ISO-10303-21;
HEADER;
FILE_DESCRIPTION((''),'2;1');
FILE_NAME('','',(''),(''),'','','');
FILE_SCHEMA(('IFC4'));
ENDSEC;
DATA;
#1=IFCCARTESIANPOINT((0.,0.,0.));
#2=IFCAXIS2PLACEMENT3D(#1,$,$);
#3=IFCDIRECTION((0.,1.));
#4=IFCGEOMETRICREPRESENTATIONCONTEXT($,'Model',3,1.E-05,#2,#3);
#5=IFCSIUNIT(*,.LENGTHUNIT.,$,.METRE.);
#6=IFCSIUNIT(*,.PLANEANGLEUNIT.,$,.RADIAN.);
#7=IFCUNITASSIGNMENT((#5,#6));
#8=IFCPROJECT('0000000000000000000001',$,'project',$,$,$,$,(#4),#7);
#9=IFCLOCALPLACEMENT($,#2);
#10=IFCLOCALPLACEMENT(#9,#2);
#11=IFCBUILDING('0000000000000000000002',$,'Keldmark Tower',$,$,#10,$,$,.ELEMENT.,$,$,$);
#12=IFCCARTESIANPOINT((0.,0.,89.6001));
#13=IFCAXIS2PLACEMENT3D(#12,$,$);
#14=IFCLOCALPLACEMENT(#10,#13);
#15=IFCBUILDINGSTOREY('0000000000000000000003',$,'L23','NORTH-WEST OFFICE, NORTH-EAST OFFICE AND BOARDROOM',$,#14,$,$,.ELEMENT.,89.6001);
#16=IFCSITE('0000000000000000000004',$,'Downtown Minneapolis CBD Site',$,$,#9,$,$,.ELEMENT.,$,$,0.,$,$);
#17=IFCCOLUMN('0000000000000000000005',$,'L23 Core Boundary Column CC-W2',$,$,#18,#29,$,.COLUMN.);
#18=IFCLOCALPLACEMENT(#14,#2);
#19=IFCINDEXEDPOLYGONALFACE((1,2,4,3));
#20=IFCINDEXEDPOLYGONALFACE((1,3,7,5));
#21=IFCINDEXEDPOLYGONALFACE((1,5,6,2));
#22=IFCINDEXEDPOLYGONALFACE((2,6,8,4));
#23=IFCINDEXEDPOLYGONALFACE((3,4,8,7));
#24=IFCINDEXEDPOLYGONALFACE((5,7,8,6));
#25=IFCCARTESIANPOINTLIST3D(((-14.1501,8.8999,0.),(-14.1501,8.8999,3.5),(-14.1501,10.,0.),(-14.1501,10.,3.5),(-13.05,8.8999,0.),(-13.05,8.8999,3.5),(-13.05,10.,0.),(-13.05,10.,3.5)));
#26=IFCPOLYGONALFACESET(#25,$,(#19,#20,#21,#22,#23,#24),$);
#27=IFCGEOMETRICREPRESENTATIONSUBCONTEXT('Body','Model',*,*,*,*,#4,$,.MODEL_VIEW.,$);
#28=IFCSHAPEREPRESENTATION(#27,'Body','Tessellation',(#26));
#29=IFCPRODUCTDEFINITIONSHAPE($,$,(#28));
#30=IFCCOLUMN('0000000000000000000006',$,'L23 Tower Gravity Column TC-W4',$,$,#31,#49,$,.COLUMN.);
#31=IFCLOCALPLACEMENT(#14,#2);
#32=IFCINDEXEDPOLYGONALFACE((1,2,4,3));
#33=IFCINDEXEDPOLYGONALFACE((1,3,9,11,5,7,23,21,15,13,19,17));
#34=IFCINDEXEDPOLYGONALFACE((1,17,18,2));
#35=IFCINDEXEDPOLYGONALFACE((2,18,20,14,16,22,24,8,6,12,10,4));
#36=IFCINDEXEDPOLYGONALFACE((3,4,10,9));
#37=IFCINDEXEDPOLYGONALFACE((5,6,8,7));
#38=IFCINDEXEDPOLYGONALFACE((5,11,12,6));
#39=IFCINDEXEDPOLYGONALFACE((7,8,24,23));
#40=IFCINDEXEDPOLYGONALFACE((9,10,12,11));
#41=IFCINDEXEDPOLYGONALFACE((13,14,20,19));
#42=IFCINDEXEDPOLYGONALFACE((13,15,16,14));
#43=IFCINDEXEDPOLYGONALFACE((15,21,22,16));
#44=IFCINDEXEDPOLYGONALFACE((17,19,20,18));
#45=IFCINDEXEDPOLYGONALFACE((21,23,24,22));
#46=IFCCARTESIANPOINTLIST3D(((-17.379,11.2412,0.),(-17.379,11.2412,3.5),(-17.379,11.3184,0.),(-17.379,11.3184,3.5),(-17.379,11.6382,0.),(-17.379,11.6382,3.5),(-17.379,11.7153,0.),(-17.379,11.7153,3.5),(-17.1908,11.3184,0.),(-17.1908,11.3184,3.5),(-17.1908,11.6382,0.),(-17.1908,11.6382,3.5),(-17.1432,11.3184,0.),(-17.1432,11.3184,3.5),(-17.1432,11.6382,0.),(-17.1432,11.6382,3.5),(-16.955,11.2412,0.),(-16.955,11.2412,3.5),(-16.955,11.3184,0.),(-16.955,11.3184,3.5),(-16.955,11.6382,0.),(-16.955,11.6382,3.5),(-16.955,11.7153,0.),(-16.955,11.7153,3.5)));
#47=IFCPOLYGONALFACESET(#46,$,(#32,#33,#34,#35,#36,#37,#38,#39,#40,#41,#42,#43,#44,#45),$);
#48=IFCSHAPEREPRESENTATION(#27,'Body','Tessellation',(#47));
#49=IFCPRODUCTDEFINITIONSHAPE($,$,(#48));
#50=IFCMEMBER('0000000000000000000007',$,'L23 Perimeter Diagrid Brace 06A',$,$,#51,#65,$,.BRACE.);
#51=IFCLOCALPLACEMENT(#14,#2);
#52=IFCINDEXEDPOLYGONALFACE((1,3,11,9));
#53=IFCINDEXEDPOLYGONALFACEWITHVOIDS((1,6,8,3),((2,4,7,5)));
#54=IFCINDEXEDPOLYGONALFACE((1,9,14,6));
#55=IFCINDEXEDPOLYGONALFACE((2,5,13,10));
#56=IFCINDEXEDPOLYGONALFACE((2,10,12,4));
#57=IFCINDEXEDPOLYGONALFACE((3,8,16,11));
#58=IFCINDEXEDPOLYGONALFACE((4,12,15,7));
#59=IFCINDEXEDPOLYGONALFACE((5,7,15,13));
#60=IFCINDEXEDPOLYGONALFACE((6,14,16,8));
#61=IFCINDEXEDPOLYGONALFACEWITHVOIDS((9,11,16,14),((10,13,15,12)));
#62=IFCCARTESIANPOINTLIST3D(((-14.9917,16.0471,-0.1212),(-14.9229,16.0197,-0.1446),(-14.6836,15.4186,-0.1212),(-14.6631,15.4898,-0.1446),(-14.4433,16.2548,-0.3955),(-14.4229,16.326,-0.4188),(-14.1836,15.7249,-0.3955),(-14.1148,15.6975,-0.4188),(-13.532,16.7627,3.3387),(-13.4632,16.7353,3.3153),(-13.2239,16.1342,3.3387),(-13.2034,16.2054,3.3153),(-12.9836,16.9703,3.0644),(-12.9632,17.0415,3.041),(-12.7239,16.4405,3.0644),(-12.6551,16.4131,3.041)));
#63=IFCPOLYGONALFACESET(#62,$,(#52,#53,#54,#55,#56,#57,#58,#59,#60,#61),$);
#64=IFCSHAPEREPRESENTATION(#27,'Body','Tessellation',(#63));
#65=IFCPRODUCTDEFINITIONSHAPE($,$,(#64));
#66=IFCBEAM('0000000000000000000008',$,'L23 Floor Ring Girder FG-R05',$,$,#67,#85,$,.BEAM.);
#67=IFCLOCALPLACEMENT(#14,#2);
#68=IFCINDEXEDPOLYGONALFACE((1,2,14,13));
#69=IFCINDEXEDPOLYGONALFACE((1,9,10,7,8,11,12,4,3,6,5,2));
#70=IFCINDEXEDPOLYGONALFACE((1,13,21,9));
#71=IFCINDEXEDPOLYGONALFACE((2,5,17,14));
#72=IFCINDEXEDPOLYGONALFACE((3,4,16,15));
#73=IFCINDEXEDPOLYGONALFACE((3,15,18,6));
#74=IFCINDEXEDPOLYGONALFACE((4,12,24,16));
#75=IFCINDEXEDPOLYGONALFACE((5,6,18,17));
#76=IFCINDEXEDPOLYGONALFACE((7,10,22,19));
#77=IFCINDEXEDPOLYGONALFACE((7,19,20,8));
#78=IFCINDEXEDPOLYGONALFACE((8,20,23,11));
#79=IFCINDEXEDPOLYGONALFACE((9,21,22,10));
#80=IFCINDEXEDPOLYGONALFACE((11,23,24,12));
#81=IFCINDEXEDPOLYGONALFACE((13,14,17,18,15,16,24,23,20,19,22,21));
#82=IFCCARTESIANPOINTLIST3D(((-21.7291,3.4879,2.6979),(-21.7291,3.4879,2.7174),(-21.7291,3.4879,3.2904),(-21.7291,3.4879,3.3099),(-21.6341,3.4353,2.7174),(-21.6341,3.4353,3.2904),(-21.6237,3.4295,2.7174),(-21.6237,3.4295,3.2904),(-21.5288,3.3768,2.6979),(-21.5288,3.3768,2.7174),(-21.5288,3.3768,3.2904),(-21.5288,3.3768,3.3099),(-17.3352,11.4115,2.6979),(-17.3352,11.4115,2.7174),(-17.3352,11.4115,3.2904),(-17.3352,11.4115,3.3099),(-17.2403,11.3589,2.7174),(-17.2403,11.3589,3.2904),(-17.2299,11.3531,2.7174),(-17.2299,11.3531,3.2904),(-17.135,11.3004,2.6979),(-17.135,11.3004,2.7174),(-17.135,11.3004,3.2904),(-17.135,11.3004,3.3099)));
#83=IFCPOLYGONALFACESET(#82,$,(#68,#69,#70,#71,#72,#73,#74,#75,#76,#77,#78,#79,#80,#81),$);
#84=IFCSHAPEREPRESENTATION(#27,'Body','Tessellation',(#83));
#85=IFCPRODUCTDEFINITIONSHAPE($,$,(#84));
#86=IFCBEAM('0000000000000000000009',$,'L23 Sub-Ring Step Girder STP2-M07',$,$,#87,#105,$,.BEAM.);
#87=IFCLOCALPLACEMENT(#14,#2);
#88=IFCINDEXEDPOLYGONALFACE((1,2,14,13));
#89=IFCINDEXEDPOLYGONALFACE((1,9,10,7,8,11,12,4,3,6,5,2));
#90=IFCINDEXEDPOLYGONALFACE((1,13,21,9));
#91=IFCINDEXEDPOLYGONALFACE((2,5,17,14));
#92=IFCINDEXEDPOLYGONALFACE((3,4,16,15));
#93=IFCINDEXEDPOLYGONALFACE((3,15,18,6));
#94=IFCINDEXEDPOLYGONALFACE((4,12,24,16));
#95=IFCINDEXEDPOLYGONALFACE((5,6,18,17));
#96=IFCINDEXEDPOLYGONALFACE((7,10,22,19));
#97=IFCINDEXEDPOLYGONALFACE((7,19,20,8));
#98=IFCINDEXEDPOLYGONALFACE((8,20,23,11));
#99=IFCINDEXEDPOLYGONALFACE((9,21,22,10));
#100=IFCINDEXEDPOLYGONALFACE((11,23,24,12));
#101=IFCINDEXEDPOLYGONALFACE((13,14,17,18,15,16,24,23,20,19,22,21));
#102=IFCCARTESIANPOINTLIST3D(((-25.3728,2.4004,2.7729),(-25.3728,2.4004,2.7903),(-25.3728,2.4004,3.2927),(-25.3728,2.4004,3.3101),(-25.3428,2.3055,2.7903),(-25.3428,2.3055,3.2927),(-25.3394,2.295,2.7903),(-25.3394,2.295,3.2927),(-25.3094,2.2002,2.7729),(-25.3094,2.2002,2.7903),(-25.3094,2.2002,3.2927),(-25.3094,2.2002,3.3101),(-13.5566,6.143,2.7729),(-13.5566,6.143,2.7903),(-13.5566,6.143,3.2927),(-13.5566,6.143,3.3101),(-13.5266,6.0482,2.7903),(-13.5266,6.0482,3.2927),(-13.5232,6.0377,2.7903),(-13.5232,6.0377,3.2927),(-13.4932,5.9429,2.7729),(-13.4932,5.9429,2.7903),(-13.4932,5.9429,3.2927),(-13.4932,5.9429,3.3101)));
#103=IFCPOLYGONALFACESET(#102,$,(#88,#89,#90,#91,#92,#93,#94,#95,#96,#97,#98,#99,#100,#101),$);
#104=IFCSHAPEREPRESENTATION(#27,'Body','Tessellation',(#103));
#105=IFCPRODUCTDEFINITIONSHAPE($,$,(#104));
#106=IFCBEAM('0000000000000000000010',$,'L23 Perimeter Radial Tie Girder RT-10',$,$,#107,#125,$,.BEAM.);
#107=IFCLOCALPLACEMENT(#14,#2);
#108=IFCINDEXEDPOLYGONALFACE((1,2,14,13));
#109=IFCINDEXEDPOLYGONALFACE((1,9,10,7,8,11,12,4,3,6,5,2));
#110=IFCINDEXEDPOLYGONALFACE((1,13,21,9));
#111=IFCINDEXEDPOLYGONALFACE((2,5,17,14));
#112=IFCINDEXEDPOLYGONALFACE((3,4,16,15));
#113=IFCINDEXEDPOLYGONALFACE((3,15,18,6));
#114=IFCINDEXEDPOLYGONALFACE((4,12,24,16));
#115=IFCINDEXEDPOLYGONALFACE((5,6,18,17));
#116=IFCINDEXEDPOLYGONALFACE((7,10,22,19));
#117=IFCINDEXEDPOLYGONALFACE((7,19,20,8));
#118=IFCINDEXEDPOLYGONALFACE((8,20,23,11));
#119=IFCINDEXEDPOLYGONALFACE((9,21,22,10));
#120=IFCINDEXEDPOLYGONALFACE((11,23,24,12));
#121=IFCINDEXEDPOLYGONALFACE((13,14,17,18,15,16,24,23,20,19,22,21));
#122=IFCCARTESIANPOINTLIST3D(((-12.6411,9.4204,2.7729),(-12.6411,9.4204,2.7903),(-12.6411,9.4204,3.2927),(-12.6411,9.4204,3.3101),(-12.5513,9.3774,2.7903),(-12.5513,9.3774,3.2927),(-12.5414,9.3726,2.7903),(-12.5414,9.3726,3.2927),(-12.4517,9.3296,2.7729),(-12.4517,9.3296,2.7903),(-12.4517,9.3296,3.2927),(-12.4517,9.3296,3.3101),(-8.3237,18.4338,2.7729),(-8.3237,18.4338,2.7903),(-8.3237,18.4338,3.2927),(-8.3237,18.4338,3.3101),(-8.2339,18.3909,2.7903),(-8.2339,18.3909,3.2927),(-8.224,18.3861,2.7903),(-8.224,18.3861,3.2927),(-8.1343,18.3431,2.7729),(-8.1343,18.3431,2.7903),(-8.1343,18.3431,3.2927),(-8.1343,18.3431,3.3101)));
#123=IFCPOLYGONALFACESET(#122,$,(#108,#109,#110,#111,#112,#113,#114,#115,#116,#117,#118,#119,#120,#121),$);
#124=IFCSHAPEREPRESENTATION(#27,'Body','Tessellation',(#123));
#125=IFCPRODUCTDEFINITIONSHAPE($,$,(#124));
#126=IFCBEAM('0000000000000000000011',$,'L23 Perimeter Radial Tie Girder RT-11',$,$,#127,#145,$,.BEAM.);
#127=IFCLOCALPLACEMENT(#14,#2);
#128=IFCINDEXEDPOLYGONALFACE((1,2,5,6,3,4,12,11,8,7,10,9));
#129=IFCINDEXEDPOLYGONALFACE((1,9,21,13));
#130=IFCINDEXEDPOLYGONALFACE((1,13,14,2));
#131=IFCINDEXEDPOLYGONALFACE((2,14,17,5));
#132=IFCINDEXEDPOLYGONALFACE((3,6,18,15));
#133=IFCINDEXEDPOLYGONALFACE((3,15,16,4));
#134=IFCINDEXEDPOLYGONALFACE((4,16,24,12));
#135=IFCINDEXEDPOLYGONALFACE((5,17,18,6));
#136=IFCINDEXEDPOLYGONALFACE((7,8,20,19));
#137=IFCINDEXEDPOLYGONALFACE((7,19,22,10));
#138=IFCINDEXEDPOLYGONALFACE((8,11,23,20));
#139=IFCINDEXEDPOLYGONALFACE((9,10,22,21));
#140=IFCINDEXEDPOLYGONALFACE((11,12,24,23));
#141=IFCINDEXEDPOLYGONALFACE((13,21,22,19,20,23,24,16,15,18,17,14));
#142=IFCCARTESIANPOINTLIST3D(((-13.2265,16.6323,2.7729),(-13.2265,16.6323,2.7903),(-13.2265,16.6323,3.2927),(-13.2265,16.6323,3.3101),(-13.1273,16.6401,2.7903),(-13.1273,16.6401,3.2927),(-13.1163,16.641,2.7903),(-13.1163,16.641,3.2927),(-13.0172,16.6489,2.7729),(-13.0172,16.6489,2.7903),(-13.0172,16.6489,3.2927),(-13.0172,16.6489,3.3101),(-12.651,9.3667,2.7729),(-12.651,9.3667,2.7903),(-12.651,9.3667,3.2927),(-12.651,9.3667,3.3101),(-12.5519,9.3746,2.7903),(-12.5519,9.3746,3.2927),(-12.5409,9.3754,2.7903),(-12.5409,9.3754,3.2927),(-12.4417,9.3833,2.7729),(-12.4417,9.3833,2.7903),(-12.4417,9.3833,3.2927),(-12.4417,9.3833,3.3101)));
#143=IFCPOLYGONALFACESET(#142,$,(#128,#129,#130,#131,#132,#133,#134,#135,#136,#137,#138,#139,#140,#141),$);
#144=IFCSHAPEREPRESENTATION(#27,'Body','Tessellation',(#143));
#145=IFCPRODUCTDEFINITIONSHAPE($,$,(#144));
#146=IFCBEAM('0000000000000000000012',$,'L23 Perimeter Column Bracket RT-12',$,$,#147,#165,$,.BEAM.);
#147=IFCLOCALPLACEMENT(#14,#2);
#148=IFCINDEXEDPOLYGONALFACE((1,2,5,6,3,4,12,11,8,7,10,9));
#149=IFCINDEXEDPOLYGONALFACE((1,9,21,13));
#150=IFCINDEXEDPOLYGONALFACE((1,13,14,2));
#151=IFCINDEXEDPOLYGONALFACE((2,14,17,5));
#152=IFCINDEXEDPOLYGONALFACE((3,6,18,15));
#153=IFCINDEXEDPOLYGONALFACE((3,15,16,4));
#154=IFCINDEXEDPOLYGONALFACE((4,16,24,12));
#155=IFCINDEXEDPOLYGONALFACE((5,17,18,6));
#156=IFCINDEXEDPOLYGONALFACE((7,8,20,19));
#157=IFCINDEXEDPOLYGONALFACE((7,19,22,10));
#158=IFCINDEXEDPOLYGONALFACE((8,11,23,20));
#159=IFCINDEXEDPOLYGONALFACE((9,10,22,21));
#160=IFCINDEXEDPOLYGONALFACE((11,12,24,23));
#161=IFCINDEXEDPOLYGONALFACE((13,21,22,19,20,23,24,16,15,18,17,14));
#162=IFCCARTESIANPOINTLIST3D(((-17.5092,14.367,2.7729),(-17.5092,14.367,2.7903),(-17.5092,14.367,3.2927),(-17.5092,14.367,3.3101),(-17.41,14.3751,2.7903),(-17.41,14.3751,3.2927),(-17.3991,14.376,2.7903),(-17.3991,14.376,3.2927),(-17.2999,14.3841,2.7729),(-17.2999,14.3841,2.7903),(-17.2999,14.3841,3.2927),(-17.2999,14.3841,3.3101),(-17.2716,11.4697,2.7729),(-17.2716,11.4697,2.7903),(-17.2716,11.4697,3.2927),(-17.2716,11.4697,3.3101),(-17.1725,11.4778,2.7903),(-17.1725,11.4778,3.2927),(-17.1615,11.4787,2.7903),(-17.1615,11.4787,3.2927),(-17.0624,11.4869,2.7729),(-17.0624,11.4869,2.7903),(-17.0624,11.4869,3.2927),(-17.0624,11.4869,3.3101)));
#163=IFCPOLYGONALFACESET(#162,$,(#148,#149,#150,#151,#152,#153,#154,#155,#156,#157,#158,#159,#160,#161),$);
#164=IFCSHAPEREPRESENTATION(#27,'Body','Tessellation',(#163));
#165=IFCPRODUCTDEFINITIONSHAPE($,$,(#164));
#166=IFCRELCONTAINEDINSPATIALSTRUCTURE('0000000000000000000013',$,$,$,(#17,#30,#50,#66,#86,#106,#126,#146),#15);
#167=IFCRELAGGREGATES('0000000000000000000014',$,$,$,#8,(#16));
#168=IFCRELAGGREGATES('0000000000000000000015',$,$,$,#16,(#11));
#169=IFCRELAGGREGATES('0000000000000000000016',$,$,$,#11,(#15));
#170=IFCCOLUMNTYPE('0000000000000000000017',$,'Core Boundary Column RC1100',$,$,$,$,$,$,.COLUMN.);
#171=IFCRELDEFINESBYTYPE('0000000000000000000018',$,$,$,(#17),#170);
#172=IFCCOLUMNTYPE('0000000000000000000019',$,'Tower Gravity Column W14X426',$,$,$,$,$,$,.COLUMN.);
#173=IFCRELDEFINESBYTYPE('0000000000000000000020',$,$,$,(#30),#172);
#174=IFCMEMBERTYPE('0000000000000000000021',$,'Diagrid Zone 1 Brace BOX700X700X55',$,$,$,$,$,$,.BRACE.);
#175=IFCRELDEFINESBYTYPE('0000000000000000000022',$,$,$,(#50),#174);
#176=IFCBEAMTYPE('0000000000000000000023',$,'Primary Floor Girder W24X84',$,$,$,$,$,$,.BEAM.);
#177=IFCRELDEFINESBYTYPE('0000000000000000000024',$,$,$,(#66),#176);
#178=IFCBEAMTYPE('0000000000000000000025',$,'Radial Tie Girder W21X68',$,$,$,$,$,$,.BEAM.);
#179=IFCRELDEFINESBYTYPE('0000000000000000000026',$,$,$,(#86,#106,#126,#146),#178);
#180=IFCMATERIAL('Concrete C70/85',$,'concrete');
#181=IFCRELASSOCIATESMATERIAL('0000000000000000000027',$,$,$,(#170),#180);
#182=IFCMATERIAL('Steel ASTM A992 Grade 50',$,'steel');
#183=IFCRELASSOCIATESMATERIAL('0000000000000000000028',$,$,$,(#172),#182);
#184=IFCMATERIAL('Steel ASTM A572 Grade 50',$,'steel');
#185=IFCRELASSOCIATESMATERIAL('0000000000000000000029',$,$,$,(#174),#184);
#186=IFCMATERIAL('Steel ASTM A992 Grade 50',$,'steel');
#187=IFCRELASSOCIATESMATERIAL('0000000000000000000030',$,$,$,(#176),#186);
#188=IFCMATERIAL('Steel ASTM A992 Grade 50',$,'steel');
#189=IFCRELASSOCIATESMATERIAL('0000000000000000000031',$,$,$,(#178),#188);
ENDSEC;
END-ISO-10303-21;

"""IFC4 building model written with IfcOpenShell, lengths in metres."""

from ifc_helpers import new_model, si_unit, direction, frame, origin, origin_2d, place, context, subcontext, project, spatial, rectangle, hollow_rectangle, i_section, extrude, material, material_profile, profile_set, type_object, element, save


model = new_model("IFC4")

# Units and contexts
model_context = context("Model", 3, precision=1e-05, world=origin(), true_north=direction((0.0, 1.0)))
body_context = subcontext(model_context, "Body", "Model", "MODEL_VIEW")
ifc_project = project(units=[si_unit("LENGTHUNIT", "METRE"), si_unit("PLANEANGLEUNIT", "RADIAN")], contexts=[model_context])

# Site, building, storey
site_placement = place(None, origin())
site = spatial("IfcSite", under=ifc_project, at=site_placement, Name="Downtown Minneapolis CBD Site", CompositionType="ELEMENT", RefElevation=0.0)
building_placement = place(site_placement, origin())
building = spatial("IfcBuilding", under=site, at=building_placement, Name="Keldmark Tower", CompositionType="ELEMENT")
storey_placement = place(building_placement, frame((0.0, 0.0, 89.6001)))
storey = spatial("IfcBuildingStorey", under=building, at=storey_placement, Name="L23", Description="NORTH-WEST OFFICE, NORTH-EAST OFFICE AND BOARDROOM", CompositionType="ELEMENT", Elevation=89.6001)

# Columns
ifc_material_1 = material(Name="Concrete C70/85", Category="concrete")
ifc_material_profile_1 = material_profile(ifc_material_1, rectangle(XDim=1.1001, YDim=1.1001, at=origin_2d()), Name="RC1100X1100")
ifc_profile_set_1 = profile_set([ifc_material_profile_1], Name="Concrete C70/85")
column_type_1 = type_object("IfcColumnType", Name="Core Boundary Column RC1100", PredefinedType="COLUMN", material=ifc_profile_set_1)
column_1_placement = place(storey_placement, frame((-13.6001, 9.45, 0.0), z_axis=(0.0, 0.0, 1.0), x_axis=(1.0, 0.0, 0.0)))
element("IfcColumn", 1, at=column_1_placement, inside=storey, type_object=column_type_1, Name="L23 Core Boundary Column CC-W2", PredefinedType="COLUMN", context=body_context, shape_type="SweptSolid", body=[
    extrude(rectangle(XDim=1.1001, YDim=1.1001, at=origin_2d()), origin(), (0.0, 0.0, 1.0), 3.5),
])
ifc_material_2 = material(Name="Steel ASTM A992 Grade 50", Category="steel")
ifc_material_profile_2 = material_profile(ifc_material_2, i_section(OverallWidth=0.4241, OverallDepth=0.4741, WebThickness=0.0476, FlangeThickness=0.0771, at=origin_2d()), Name="W14X426")
ifc_profile_set_2 = profile_set([ifc_material_profile_2], Name="Steel ASTM A992 Grade 50")
column_type_2 = type_object("IfcColumnType", Name="Tower Gravity Column W14X426", PredefinedType="COLUMN", material=ifc_profile_set_2)
column_2_placement = place(storey_placement, frame((-17.167, 11.4783, 0.0), z_axis=(0.0, 0.0, 1.0), x_axis=(1.0, 0.0, 0.0)))
element("IfcColumn", 2, at=column_2_placement, inside=storey, type_object=column_type_2, Name="L23 Tower Gravity Column TC-W4", PredefinedType="COLUMN", context=body_context, shape_type="SweptSolid", body=[
    extrude(i_section(OverallWidth=0.4241, OverallDepth=0.4741, WebThickness=0.0476, FlangeThickness=0.0771, at=origin_2d()), origin(), (0.0, 0.0, 1.0), 3.5),
])

# Member
ifc_material_3 = material(Name="Steel ASTM A572 Grade 50", Category="steel")
ifc_material_profile_3 = material_profile(ifc_material_3, hollow_rectangle(XDim=0.7, YDim=0.7, WallThickness=0.0549, at=origin_2d()), Name="BOX700X700X55")
ifc_profile_set_3 = profile_set([ifc_material_profile_3], Name="Steel ASTM A572 Grade 50")
member_type = type_object("IfcMemberType", Name="Diagrid Zone 1 Brace BOX700X700X55", PredefinedType="BRACE", material=ifc_profile_set_3)
member_placement = place(storey_placement, frame((-14.5532, 15.8723, -0.27), z_axis=(0.38184, 0.187184, 0.905075), x_axis=(-0.440171, 0.897914, 0.0)))
element("IfcMember", 3, at=member_placement, inside=storey, type_object=member_type, Name="L23 Perimeter Diagrid Brace 06A", PredefinedType="BRACE", context=body_context, shape_type="SweptSolid", body=[
    extrude(hollow_rectangle(XDim=0.7, YDim=0.7, WallThickness=0.0549, at=origin_2d()), origin(), (0.0, 0.0, 1.0), 3.8228),
])

# Beams
ifc_material_4 = material(Name="Steel ASTM A992 Grade 50", Category="steel")
ifc_material_profile_4 = material_profile(ifc_material_4, i_section(OverallWidth=0.229, OverallDepth=0.6121, WebThickness=0.012, FlangeThickness=0.0195, at=origin_2d()), Name="W24X84")
ifc_profile_set_4 = profile_set([ifc_material_profile_4], Name="Steel ASTM A992 Grade 50")
beam_type_1 = type_object("IfcBeamType", Name="Primary Floor Girder W24X84", PredefinedType="BEAM", material=ifc_profile_set_4)
beam_1_placement = place(storey_placement, frame((-17.2351, 11.356, 3.0039), z_axis=(-0.484952, -0.874541, 0.0), x_axis=(0.874541, -0.484952, 0.0)))
element("IfcBeam", 4, at=beam_1_placement, inside=storey, type_object=beam_type_1, Name="L23 Floor Ring Girder FG-R05", PredefinedType="BEAM", context=body_context, shape_type="SweptSolid", body=[
    extrude(i_section(OverallWidth=0.229, OverallDepth=0.6121, WebThickness=0.012, FlangeThickness=0.0195, at=origin_2d()), origin(), (0.0, 0.0, 1.0), 9.0603),
])
ifc_material_5 = material(Name="Steel ASTM A992 Grade 50", Category="steel")
ifc_material_profile_5 = material_profile(ifc_material_5, i_section(OverallWidth=0.21, OverallDepth=0.5371, WebThickness=0.011, FlangeThickness=0.0173, at=origin_2d()), Name="W21X68")
ifc_profile_set_5 = profile_set([ifc_material_profile_5], Name="Steel ASTM A992 Grade 50")
beam_type_2 = type_object("IfcBeamType", Name="Radial Tie Girder W21X68", PredefinedType="BEAM", material=ifc_profile_set_5)
beam_2_placement = place(storey_placement, frame((-13.5249, 6.043, 3.0415), z_axis=(-0.953322, -0.301957, 0.0), x_axis=(0.301957, -0.953322, 0.0)))
element("IfcBeam", 5, at=beam_2_placement, inside=storey, type_object=beam_type_2, Name="L23 Sub-Ring Step Girder STP2-M07", PredefinedType="BEAM", context=body_context, shape_type="SweptSolid", body=[
    extrude(i_section(OverallWidth=0.21, OverallDepth=0.5371, WebThickness=0.011, FlangeThickness=0.0173, at=origin_2d()), origin(), (0.0, 0.0, 1.0), 12.3948),
])
beam_3_placement = place(storey_placement, frame((-12.5464, 9.375, 3.0415), z_axis=(0.431994, 0.901877, 0.0), x_axis=(-0.901877, 0.431994, 0.0)))
element("IfcBeam", 6, at=beam_3_placement, inside=storey, type_object=beam_type_2, Name="L23 Perimeter Radial Tie Girder RT-10", PredefinedType="BEAM", context=body_context, shape_type="SweptSolid", body=[
    extrude(i_section(OverallWidth=0.21, OverallDepth=0.5371, WebThickness=0.011, FlangeThickness=0.0173, at=origin_2d()), origin(), (0.0, 0.0, 1.0), 9.9941),
])
beam_4_placement = place(storey_placement, frame((-12.5464, 9.375, 3.0415), z_axis=(-0.078953, 0.996878, 0.0), x_axis=(-0.996878, -0.078953, 0.0)))
element("IfcBeam", 7, at=beam_4_placement, inside=storey, type_object=beam_type_2, Name="L23 Perimeter Radial Tie Girder RT-11", PredefinedType="BEAM", context=body_context, shape_type="SweptSolid", body=[
    extrude(i_section(OverallWidth=0.21, OverallDepth=0.5371, WebThickness=0.011, FlangeThickness=0.0173, at=origin_2d()), origin(), (0.0, 0.0, 1.0), 7.2883),
])
beam_5_placement = place(storey_placement, frame((-17.167, 11.4783, 3.0415), z_axis=(-0.081718, 0.996656, 0.0), x_axis=(-0.996656, -0.081718, 0.0)))
element("IfcBeam", 8, at=beam_5_placement, inside=storey, type_object=beam_type_2, Name="L23 Perimeter Column Bracket RT-12", PredefinedType="BEAM", context=body_context, shape_type="SweptSolid", body=[
    extrude(i_section(OverallWidth=0.21, OverallDepth=0.5371, WebThickness=0.011, FlangeThickness=0.0173, at=origin_2d()), origin(), (0.0, 0.0, 1.0), 2.907),
])

save(model, "model.ifc")
